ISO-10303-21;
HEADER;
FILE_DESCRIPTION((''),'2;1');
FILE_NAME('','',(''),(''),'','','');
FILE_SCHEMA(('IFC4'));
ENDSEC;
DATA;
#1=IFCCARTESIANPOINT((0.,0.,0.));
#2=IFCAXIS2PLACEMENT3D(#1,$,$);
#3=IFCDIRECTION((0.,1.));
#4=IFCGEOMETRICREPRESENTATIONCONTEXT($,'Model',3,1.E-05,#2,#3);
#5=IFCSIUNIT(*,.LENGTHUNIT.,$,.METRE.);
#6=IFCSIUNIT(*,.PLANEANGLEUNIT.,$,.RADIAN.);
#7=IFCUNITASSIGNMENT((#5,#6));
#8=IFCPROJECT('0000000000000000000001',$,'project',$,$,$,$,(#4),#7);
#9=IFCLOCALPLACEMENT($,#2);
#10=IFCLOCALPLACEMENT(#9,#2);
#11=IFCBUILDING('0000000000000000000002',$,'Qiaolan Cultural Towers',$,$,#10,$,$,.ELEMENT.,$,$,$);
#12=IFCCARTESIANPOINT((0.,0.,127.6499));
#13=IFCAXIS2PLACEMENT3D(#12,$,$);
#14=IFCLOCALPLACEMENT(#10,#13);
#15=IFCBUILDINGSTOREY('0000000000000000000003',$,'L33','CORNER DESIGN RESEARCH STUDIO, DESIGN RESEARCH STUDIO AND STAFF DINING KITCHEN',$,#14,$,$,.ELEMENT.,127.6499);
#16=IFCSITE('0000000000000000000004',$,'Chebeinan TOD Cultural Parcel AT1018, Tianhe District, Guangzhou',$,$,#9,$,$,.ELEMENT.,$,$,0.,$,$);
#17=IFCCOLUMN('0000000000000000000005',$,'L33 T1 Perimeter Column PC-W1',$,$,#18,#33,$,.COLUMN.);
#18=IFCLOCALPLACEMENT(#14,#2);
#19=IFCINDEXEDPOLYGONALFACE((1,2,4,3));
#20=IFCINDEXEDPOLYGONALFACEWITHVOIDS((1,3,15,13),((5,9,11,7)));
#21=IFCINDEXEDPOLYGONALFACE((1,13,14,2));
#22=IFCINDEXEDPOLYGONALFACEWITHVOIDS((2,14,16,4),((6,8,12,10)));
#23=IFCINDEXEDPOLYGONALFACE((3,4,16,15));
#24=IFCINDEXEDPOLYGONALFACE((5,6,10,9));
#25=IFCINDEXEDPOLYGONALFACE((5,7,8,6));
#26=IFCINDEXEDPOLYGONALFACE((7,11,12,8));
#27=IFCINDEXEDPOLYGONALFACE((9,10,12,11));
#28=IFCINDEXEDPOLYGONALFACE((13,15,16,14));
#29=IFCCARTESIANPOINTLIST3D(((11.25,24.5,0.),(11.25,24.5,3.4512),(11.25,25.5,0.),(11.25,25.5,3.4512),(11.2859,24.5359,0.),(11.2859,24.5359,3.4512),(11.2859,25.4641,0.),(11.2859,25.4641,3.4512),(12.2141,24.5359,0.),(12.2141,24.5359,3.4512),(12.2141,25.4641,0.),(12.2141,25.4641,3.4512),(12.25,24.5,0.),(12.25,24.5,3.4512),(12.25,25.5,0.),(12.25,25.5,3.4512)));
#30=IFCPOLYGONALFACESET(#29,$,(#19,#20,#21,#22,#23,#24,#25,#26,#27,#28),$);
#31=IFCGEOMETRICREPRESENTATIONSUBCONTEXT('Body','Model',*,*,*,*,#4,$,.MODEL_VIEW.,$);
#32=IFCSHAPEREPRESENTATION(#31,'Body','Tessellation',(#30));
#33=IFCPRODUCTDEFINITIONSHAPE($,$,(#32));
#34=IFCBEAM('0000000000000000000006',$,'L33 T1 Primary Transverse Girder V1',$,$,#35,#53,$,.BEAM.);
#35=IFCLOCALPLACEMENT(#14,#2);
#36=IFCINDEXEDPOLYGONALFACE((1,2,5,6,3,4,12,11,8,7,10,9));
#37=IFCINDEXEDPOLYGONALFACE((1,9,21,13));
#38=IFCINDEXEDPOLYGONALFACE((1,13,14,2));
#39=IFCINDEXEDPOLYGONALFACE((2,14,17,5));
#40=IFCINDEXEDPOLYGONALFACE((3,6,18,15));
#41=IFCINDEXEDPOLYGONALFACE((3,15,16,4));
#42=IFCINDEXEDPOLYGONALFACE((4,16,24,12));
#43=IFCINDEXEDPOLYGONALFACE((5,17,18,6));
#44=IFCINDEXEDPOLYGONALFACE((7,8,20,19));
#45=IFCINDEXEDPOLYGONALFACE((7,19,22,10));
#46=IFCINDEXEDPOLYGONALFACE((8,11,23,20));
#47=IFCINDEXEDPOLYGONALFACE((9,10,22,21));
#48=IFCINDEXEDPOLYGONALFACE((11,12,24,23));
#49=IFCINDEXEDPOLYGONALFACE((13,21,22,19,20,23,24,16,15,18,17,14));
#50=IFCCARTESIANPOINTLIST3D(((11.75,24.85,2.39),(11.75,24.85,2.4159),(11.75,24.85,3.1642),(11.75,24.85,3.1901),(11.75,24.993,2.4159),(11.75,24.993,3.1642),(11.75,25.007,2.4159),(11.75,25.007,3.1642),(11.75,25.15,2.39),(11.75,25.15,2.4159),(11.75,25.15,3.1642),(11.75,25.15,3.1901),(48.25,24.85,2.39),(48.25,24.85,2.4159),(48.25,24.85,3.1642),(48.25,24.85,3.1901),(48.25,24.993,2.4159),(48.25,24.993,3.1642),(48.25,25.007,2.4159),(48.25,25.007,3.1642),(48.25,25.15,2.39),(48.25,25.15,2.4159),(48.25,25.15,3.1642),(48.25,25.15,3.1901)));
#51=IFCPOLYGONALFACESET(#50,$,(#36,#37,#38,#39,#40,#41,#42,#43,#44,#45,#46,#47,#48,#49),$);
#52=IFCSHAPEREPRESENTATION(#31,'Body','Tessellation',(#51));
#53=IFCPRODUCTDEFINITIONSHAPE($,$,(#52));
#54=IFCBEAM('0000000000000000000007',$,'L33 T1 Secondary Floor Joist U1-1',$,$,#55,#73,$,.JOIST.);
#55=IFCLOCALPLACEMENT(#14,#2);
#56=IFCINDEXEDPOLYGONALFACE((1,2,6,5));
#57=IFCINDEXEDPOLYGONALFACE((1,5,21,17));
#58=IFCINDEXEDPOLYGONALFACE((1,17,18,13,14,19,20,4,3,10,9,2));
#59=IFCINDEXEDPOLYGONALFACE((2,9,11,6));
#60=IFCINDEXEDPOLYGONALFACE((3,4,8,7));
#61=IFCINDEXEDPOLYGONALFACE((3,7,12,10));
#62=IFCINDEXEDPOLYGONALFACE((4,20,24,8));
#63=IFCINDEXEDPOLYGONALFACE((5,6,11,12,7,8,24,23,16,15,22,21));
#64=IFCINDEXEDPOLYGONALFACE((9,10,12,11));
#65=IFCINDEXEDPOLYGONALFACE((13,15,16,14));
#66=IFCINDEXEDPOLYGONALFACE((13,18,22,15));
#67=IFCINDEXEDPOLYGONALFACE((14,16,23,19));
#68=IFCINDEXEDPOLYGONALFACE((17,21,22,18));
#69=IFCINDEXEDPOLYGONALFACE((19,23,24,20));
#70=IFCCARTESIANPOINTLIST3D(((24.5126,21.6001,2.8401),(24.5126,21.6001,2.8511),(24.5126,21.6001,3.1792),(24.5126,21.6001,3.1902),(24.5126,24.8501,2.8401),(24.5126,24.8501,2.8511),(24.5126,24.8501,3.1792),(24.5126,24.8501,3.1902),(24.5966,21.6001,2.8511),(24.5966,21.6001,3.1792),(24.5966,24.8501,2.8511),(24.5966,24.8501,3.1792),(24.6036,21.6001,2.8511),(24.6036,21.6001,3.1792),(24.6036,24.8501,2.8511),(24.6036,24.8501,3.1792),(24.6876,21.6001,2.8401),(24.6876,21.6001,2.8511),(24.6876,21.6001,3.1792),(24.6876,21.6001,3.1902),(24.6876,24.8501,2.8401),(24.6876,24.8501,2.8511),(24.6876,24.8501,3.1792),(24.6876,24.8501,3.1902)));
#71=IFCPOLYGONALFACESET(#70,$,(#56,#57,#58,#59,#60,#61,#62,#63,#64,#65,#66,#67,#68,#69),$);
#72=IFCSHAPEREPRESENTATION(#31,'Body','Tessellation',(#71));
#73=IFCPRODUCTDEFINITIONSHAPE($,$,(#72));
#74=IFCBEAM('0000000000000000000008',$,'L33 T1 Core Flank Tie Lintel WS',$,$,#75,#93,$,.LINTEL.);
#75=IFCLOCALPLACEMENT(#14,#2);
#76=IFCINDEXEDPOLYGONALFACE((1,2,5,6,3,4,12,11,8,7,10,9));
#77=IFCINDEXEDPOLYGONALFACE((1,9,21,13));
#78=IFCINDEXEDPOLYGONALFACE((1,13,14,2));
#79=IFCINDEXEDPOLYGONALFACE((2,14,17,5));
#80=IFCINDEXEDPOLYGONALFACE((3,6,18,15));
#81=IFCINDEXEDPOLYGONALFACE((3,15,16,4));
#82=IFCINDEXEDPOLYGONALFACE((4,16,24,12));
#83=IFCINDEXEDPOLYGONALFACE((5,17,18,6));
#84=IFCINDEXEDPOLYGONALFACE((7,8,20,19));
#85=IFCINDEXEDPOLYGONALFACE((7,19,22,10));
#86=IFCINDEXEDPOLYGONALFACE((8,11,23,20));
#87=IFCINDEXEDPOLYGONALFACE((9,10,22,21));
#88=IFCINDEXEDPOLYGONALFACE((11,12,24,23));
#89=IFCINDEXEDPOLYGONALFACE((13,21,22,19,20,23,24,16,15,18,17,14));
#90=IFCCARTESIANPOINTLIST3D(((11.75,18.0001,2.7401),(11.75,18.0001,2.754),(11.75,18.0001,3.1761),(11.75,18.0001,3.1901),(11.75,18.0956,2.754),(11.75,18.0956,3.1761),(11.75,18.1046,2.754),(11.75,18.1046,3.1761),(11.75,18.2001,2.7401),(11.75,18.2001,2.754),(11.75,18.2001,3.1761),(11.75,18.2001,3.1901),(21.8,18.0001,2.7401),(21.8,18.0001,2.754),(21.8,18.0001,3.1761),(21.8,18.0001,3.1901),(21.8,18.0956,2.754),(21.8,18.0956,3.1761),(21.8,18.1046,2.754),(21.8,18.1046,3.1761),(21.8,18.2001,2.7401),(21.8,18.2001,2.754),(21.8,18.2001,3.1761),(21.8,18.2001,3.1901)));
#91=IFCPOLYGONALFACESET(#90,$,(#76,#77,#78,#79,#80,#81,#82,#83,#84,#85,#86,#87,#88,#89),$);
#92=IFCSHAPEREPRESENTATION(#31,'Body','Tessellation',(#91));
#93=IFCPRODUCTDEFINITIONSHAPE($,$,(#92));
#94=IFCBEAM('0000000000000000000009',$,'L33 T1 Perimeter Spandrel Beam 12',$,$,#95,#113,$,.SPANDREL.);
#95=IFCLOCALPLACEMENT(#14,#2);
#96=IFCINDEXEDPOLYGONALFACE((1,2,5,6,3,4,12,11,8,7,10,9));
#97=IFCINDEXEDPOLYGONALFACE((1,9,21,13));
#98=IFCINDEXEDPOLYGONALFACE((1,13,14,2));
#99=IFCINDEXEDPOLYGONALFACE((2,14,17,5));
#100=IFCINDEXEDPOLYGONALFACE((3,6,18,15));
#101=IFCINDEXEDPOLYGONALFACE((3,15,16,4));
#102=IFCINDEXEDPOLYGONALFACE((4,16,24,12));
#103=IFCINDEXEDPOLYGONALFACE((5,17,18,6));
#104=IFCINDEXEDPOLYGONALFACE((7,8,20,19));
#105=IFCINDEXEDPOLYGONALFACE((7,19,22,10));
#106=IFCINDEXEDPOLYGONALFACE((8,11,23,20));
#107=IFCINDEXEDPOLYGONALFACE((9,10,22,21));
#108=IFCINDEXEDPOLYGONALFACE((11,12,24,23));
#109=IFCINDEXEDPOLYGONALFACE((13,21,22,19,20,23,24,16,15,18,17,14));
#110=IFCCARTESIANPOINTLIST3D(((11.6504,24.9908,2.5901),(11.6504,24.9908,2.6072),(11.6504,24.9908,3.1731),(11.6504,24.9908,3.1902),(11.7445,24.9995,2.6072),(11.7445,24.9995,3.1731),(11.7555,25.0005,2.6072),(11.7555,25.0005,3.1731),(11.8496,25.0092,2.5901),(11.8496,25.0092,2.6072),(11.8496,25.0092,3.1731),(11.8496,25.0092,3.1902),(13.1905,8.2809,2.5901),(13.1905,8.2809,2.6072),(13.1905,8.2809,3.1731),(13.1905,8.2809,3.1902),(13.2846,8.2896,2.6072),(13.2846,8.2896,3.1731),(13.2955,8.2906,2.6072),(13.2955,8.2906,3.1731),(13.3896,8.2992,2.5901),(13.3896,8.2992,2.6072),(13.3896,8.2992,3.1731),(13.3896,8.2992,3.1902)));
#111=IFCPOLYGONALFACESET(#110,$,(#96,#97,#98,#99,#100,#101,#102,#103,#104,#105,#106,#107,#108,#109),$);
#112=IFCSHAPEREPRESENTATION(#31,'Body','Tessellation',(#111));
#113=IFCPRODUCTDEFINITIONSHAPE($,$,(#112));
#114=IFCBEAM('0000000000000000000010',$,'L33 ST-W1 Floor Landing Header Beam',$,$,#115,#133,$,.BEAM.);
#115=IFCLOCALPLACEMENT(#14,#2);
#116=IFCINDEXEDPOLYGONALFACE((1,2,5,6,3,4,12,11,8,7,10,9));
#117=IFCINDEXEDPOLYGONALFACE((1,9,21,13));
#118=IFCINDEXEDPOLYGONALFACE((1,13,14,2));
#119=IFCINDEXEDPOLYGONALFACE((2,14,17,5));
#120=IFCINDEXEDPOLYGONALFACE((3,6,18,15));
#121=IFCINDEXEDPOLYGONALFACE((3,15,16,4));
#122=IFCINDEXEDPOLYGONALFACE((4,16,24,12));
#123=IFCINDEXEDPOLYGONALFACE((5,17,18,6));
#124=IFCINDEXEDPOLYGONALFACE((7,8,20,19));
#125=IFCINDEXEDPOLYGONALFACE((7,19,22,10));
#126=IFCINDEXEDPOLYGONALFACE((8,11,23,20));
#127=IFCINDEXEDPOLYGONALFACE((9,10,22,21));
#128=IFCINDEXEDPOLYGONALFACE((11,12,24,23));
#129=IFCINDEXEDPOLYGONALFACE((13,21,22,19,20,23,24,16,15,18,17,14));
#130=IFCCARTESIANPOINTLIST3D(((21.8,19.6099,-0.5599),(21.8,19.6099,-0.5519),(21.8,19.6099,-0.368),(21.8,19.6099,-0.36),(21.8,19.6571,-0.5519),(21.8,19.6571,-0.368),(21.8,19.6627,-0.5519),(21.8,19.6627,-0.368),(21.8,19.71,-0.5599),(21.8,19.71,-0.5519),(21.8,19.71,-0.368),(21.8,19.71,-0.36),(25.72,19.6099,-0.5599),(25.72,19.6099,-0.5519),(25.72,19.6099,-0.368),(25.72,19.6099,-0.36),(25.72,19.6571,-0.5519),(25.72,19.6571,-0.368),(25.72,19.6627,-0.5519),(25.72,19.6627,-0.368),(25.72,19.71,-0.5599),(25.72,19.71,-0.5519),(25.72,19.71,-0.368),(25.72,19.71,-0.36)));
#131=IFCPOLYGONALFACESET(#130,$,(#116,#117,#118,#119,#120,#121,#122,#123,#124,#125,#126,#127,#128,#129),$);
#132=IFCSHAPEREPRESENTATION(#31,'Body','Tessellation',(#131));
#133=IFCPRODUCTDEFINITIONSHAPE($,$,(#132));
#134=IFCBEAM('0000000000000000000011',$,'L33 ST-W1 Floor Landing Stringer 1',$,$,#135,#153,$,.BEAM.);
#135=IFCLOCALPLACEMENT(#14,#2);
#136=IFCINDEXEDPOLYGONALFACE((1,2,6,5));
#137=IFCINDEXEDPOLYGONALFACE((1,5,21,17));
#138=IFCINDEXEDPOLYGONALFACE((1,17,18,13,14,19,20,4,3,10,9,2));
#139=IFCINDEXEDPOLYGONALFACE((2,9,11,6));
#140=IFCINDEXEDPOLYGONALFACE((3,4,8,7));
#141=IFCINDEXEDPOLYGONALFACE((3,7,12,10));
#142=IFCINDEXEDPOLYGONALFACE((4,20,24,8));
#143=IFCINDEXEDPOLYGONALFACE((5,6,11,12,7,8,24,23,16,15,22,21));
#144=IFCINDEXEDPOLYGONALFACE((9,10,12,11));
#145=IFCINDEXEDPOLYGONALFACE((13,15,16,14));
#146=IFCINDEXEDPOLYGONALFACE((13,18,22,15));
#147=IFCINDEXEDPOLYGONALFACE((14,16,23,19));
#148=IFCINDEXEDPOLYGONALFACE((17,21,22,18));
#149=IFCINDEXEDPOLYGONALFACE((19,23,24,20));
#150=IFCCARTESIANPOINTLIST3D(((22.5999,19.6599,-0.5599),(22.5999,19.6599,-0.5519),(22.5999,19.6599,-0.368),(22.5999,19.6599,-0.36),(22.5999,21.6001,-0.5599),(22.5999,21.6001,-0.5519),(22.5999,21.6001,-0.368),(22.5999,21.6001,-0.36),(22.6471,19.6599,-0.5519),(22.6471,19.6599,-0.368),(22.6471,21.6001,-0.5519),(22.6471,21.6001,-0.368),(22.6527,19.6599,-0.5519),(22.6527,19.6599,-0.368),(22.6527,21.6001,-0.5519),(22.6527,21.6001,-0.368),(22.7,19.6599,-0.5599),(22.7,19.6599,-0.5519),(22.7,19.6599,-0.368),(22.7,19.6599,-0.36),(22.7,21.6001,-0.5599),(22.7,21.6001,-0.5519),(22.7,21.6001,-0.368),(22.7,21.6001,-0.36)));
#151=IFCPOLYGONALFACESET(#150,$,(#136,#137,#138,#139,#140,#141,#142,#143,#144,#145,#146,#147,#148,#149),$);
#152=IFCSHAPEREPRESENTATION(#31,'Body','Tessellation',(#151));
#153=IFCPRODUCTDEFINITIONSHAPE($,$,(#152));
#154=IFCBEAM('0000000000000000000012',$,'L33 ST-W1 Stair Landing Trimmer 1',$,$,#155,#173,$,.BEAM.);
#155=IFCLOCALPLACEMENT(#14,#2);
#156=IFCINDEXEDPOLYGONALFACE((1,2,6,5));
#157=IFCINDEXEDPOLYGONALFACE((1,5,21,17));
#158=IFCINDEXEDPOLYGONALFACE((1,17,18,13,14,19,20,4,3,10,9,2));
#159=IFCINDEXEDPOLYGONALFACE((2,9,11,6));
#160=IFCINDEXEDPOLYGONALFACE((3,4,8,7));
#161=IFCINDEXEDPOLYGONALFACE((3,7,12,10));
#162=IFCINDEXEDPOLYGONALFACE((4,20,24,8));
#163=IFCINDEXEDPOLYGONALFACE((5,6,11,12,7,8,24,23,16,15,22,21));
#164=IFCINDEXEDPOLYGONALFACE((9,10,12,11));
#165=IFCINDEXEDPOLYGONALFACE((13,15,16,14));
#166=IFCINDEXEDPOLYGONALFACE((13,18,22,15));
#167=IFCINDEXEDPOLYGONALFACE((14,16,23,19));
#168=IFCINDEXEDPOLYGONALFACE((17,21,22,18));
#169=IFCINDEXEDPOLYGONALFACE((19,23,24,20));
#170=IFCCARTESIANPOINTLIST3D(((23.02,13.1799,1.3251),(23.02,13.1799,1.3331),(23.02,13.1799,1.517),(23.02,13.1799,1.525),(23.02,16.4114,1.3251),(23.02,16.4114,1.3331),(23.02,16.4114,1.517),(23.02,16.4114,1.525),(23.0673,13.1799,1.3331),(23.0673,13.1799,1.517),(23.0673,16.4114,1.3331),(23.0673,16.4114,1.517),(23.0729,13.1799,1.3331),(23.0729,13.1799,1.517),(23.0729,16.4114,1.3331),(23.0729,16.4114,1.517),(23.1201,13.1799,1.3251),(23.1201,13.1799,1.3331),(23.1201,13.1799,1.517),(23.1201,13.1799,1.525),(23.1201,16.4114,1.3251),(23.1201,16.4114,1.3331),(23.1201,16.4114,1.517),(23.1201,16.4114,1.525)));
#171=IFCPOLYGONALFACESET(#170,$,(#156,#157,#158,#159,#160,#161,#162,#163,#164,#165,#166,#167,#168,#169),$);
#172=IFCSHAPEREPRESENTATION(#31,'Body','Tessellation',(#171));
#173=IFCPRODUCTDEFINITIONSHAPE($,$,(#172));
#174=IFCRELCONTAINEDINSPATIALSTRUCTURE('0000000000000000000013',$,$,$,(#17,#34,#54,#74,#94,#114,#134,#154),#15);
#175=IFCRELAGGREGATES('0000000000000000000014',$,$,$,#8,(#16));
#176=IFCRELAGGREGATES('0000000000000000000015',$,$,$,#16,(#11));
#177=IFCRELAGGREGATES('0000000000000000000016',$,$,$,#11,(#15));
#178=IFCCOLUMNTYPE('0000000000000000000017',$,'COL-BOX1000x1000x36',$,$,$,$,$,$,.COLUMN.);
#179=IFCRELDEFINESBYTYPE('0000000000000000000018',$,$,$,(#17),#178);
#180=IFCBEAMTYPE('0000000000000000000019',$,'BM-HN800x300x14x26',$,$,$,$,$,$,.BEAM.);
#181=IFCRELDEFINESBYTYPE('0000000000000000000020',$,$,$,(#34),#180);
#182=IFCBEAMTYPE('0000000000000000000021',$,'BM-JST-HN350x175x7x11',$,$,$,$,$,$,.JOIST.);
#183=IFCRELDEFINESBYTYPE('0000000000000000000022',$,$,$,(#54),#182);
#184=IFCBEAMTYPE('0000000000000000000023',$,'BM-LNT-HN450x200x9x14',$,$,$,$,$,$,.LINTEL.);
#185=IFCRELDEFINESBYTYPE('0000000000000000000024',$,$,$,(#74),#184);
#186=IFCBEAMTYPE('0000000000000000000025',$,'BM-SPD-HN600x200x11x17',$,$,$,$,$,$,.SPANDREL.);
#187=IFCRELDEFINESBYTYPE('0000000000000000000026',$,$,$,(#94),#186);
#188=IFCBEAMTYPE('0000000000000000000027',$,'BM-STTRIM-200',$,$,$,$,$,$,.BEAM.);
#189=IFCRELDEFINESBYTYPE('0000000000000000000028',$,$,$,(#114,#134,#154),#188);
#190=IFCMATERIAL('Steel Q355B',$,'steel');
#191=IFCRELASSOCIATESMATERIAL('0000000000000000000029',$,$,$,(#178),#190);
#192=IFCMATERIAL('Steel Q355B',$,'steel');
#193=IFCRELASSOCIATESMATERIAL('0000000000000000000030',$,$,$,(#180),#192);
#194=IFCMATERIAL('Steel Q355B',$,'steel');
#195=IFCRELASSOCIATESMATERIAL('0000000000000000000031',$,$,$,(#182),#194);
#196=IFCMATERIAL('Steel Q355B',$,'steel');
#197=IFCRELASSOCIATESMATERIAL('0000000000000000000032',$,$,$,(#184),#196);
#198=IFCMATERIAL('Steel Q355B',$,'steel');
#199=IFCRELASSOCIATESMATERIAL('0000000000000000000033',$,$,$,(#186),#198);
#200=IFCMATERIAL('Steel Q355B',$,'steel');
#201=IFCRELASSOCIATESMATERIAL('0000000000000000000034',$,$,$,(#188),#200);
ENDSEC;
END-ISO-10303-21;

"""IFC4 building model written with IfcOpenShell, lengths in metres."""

from ifc_helpers import new_model, si_unit, direction, frame, origin, origin_2d, place, context, subcontext, project, spatial, hollow_rectangle, i_section, extrude, material, material_profile, profile_set, type_object, element, save


model = new_model("IFC4")

# Units and contexts
model_context = context("Model", 3, precision=1e-05, world=origin(), true_north=direction((0.0, 1.0)))
body_context = subcontext(model_context, "Body", "Model", "MODEL_VIEW")
ifc_project = project(units=[si_unit("LENGTHUNIT", "METRE"), si_unit("PLANEANGLEUNIT", "RADIAN")], contexts=[model_context])

# Site, building, storey
site_placement = place(None, origin())
site = spatial("IfcSite", under=ifc_project, at=site_placement, Name="Chebeinan TOD Cultural Parcel AT1018, Tianhe District, Guangzhou", CompositionType="ELEMENT", RefElevation=0.0)
building_placement = place(site_placement, origin())
building = spatial("IfcBuilding", under=site, at=building_placement, Name="Qiaolan Cultural Towers", CompositionType="ELEMENT")
storey_placement = place(building_placement, frame((0.0, 0.0, 127.6499)))
storey = spatial("IfcBuildingStorey", under=building, at=storey_placement, Name="L33", Description="CORNER DESIGN RESEARCH STUDIO, DESIGN RESEARCH STUDIO AND STAFF DINING KITCHEN", CompositionType="ELEMENT", Elevation=127.6499)

# Column
ifc_material_1 = material(Name="Steel Q355B", Category="steel")
ifc_material_profile_1 = material_profile(ifc_material_1, hollow_rectangle(XDim=1.0, YDim=1.0, WallThickness=0.0359, at=origin_2d()), Name="BOX1000x1000x36")
ifc_profile_set_1 = profile_set([ifc_material_profile_1], Name="Steel Q355B")
column_type = type_object("IfcColumnType", Name="COL-BOX1000x1000x36", PredefinedType="COLUMN", material=ifc_profile_set_1)
column_placement = place(storey_placement, frame((11.75, 25.0, 0.0), z_axis=(0.0, 0.0, 1.0), x_axis=(1.0, 0.0, 0.0)))
element("IfcColumn", 1, at=column_placement, inside=storey, type_object=column_type, Name="L33 T1 Perimeter Column PC-W1", PredefinedType="COLUMN", context=body_context, shape_type="SweptSolid", body=[
    extrude(hollow_rectangle(XDim=1.0, YDim=1.0, WallThickness=0.0359, at=origin_2d()), origin(), (0.0, 0.0, 1.0), 3.4512),
])

# Beams
ifc_material_2 = material(Name="Steel Q355B", Category="steel")
ifc_material_profile_2 = material_profile(ifc_material_2, i_section(OverallWidth=0.3, OverallDepth=0.8, WebThickness=0.0139, FlangeThickness=0.0259, at=origin_2d()), Name="HN800x300x14x26")
ifc_profile_set_2 = profile_set([ifc_material_profile_2], Name="Steel Q355B")
beam_type_1 = type_object("IfcBeamType", Name="BM-HN800x300x14x26", PredefinedType="BEAM", material=ifc_profile_set_2)
beam_1_placement = place(storey_placement, frame((11.75, 25.0, 2.79), z_axis=(1.0, 0.0, 0.0), x_axis=(0.0, 1.0, 0.0)))
element("IfcBeam", 2, at=beam_1_placement, inside=storey, type_object=beam_type_1, Name="L33 T1 Primary Transverse Girder V1", PredefinedType="BEAM", context=body_context, shape_type="SweptSolid", body=[
    extrude(i_section(OverallWidth=0.3, OverallDepth=0.8, WebThickness=0.0139, FlangeThickness=0.0259, at=origin_2d()), origin(), (0.0, 0.0, 1.0), 36.5),
])
ifc_material_3 = material(Name="Steel Q355B", Category="steel")
ifc_material_profile_3 = material_profile(ifc_material_3, i_section(OverallWidth=0.175, OverallDepth=0.3501, WebThickness=0.0071, FlangeThickness=0.011, at=origin_2d()), Name="HN350x175x7x11")
ifc_profile_set_3 = profile_set([ifc_material_profile_3], Name="Steel Q355B")
beam_type_2 = type_object("IfcBeamType", Name="BM-JST-HN350x175x7x11", PredefinedType="JOIST", material=ifc_profile_set_3)
beam_2_placement = place(storey_placement, frame((24.6001, 21.6001, 3.0151), z_axis=(0.0, 1.0, 0.0), x_axis=(-1.0, 0.0, 0.0)))
element("IfcBeam", 3, at=beam_2_placement, inside=storey, type_object=beam_type_2, Name="L33 T1 Secondary Floor Joist U1-1", PredefinedType="JOIST", context=body_context, shape_type="SweptSolid", body=[
    extrude(i_section(OverallWidth=0.175, OverallDepth=0.3501, WebThickness=0.0071, FlangeThickness=0.011, at=origin_2d()), origin(), (0.0, 0.0, 1.0), 3.25),
])
ifc_material_4 = material(Name="Steel Q355B", Category="steel")
ifc_material_profile_4 = material_profile(ifc_material_4, i_section(OverallWidth=0.2, OverallDepth=0.45, WebThickness=0.009, FlangeThickness=0.0139, at=origin_2d()), Name="HN450x200x9x14")
ifc_profile_set_4 = profile_set([ifc_material_profile_4], Name="Steel Q355B")
beam_type_3 = type_object("IfcBeamType", Name="BM-LNT-HN450x200x9x14", PredefinedType="LINTEL", material=ifc_profile_set_4)
beam_3_placement = place(storey_placement, frame((21.8, 18.1001, 2.9651), z_axis=(-1.0, 0.0, 0.0), x_axis=(0.0, -1.0, 0.0)))
element("IfcBeam", 4, at=beam_3_placement, inside=storey, type_object=beam_type_3, Name="L33 T1 Core Flank Tie Lintel WS", PredefinedType="LINTEL", context=body_context, shape_type="SweptSolid", body=[
    extrude(i_section(OverallWidth=0.2, OverallDepth=0.45, WebThickness=0.009, FlangeThickness=0.0139, at=origin_2d()), origin(), (0.0, 0.0, 1.0), 10.05),
])
ifc_material_5 = material(Name="Steel Q355B", Category="steel")
ifc_material_profile_5 = material_profile(ifc_material_5, i_section(OverallWidth=0.2, OverallDepth=0.6001, WebThickness=0.011, FlangeThickness=0.0171, at=origin_2d()), Name="HN600x200x11x17")
ifc_profile_set_5 = profile_set([ifc_material_profile_5], Name="Steel Q355B")
beam_type_4 = type_object("IfcBeamType", Name="BM-SPD-HN600x200x11x17", PredefinedType="SPANDREL", material=ifc_profile_set_5)
beam_4_placement = place(storey_placement, frame((11.75, 25.0, 2.8901), z_axis=(0.091774, -0.99578, 0.0), x_axis=(0.99578, 0.091774, 0.0)))
element("IfcBeam", 5, at=beam_4_placement, inside=storey, type_object=beam_type_4, Name="L33 T1 Perimeter Spandrel Beam 12", PredefinedType="SPANDREL", context=body_context, shape_type="SweptSolid", body=[
    extrude(i_section(OverallWidth=0.2, OverallDepth=0.6001, WebThickness=0.011, FlangeThickness=0.0171, at=origin_2d()), origin(), (0.0, 0.0, 1.0), 16.7808),
])
ifc_material_6 = material(Name="Steel Q355B", Category="steel")
ifc_material_profile_6 = material_profile(ifc_material_6, i_section(OverallWidth=0.1001, OverallDepth=0.2, WebThickness=0.0056, FlangeThickness=0.0081, at=origin_2d()), Name="HN200x100x5.5x8")
ifc_profile_set_6 = profile_set([ifc_material_profile_6], Name="Steel Q355B")
beam_type_5 = type_object("IfcBeamType", Name="BM-STTRIM-200", PredefinedType="BEAM", material=ifc_profile_set_6)
beam_5_placement = place(storey_placement, frame((21.8, 19.6599, -0.46), z_axis=(1.0, 0.0, 0.0), x_axis=(0.0, 1.0, 0.0)))
element("IfcBeam", 6, at=beam_5_placement, inside=storey, type_object=beam_type_5, Name="L33 ST-W1 Floor Landing Header Beam", PredefinedType="BEAM", context=body_context, shape_type="SweptSolid", body=[
    extrude(i_section(OverallWidth=0.1001, OverallDepth=0.2, WebThickness=0.0056, FlangeThickness=0.0081, at=origin_2d()), origin(), (0.0, 0.0, 1.0), 3.9199),
])
beam_6_placement = place(storey_placement, frame((22.6499, 21.6001, -0.46), z_axis=(0.0, -1.0, 0.0), x_axis=(1.0, 0.0, 0.0)))
element("IfcBeam", 7, at=beam_6_placement, inside=storey, type_object=beam_type_5, Name="L33 ST-W1 Floor Landing Stringer 1", PredefinedType="BEAM", context=body_context, shape_type="SweptSolid", body=[
    extrude(i_section(OverallWidth=0.1001, OverallDepth=0.2, WebThickness=0.0056, FlangeThickness=0.0081, at=origin_2d()), origin(), (0.0, 0.0, 1.0), 1.9402),
])
beam_7_placement = place(storey_placement, frame((23.0701, 16.4114, 1.425), z_axis=(0.0, -1.0, 0.0), x_axis=(1.0, 0.0, 0.0)))
element("IfcBeam", 8, at=beam_7_placement, inside=storey, type_object=beam_type_5, Name="L33 ST-W1 Stair Landing Trimmer 1", PredefinedType="BEAM", context=body_context, shape_type="SweptSolid", body=[
    extrude(i_section(OverallWidth=0.1001, OverallDepth=0.2, WebThickness=0.0056, FlangeThickness=0.0081, at=origin_2d()), origin(), (0.0, 0.0, 1.0), 3.2314),
])

save(model, "model.ifc")
